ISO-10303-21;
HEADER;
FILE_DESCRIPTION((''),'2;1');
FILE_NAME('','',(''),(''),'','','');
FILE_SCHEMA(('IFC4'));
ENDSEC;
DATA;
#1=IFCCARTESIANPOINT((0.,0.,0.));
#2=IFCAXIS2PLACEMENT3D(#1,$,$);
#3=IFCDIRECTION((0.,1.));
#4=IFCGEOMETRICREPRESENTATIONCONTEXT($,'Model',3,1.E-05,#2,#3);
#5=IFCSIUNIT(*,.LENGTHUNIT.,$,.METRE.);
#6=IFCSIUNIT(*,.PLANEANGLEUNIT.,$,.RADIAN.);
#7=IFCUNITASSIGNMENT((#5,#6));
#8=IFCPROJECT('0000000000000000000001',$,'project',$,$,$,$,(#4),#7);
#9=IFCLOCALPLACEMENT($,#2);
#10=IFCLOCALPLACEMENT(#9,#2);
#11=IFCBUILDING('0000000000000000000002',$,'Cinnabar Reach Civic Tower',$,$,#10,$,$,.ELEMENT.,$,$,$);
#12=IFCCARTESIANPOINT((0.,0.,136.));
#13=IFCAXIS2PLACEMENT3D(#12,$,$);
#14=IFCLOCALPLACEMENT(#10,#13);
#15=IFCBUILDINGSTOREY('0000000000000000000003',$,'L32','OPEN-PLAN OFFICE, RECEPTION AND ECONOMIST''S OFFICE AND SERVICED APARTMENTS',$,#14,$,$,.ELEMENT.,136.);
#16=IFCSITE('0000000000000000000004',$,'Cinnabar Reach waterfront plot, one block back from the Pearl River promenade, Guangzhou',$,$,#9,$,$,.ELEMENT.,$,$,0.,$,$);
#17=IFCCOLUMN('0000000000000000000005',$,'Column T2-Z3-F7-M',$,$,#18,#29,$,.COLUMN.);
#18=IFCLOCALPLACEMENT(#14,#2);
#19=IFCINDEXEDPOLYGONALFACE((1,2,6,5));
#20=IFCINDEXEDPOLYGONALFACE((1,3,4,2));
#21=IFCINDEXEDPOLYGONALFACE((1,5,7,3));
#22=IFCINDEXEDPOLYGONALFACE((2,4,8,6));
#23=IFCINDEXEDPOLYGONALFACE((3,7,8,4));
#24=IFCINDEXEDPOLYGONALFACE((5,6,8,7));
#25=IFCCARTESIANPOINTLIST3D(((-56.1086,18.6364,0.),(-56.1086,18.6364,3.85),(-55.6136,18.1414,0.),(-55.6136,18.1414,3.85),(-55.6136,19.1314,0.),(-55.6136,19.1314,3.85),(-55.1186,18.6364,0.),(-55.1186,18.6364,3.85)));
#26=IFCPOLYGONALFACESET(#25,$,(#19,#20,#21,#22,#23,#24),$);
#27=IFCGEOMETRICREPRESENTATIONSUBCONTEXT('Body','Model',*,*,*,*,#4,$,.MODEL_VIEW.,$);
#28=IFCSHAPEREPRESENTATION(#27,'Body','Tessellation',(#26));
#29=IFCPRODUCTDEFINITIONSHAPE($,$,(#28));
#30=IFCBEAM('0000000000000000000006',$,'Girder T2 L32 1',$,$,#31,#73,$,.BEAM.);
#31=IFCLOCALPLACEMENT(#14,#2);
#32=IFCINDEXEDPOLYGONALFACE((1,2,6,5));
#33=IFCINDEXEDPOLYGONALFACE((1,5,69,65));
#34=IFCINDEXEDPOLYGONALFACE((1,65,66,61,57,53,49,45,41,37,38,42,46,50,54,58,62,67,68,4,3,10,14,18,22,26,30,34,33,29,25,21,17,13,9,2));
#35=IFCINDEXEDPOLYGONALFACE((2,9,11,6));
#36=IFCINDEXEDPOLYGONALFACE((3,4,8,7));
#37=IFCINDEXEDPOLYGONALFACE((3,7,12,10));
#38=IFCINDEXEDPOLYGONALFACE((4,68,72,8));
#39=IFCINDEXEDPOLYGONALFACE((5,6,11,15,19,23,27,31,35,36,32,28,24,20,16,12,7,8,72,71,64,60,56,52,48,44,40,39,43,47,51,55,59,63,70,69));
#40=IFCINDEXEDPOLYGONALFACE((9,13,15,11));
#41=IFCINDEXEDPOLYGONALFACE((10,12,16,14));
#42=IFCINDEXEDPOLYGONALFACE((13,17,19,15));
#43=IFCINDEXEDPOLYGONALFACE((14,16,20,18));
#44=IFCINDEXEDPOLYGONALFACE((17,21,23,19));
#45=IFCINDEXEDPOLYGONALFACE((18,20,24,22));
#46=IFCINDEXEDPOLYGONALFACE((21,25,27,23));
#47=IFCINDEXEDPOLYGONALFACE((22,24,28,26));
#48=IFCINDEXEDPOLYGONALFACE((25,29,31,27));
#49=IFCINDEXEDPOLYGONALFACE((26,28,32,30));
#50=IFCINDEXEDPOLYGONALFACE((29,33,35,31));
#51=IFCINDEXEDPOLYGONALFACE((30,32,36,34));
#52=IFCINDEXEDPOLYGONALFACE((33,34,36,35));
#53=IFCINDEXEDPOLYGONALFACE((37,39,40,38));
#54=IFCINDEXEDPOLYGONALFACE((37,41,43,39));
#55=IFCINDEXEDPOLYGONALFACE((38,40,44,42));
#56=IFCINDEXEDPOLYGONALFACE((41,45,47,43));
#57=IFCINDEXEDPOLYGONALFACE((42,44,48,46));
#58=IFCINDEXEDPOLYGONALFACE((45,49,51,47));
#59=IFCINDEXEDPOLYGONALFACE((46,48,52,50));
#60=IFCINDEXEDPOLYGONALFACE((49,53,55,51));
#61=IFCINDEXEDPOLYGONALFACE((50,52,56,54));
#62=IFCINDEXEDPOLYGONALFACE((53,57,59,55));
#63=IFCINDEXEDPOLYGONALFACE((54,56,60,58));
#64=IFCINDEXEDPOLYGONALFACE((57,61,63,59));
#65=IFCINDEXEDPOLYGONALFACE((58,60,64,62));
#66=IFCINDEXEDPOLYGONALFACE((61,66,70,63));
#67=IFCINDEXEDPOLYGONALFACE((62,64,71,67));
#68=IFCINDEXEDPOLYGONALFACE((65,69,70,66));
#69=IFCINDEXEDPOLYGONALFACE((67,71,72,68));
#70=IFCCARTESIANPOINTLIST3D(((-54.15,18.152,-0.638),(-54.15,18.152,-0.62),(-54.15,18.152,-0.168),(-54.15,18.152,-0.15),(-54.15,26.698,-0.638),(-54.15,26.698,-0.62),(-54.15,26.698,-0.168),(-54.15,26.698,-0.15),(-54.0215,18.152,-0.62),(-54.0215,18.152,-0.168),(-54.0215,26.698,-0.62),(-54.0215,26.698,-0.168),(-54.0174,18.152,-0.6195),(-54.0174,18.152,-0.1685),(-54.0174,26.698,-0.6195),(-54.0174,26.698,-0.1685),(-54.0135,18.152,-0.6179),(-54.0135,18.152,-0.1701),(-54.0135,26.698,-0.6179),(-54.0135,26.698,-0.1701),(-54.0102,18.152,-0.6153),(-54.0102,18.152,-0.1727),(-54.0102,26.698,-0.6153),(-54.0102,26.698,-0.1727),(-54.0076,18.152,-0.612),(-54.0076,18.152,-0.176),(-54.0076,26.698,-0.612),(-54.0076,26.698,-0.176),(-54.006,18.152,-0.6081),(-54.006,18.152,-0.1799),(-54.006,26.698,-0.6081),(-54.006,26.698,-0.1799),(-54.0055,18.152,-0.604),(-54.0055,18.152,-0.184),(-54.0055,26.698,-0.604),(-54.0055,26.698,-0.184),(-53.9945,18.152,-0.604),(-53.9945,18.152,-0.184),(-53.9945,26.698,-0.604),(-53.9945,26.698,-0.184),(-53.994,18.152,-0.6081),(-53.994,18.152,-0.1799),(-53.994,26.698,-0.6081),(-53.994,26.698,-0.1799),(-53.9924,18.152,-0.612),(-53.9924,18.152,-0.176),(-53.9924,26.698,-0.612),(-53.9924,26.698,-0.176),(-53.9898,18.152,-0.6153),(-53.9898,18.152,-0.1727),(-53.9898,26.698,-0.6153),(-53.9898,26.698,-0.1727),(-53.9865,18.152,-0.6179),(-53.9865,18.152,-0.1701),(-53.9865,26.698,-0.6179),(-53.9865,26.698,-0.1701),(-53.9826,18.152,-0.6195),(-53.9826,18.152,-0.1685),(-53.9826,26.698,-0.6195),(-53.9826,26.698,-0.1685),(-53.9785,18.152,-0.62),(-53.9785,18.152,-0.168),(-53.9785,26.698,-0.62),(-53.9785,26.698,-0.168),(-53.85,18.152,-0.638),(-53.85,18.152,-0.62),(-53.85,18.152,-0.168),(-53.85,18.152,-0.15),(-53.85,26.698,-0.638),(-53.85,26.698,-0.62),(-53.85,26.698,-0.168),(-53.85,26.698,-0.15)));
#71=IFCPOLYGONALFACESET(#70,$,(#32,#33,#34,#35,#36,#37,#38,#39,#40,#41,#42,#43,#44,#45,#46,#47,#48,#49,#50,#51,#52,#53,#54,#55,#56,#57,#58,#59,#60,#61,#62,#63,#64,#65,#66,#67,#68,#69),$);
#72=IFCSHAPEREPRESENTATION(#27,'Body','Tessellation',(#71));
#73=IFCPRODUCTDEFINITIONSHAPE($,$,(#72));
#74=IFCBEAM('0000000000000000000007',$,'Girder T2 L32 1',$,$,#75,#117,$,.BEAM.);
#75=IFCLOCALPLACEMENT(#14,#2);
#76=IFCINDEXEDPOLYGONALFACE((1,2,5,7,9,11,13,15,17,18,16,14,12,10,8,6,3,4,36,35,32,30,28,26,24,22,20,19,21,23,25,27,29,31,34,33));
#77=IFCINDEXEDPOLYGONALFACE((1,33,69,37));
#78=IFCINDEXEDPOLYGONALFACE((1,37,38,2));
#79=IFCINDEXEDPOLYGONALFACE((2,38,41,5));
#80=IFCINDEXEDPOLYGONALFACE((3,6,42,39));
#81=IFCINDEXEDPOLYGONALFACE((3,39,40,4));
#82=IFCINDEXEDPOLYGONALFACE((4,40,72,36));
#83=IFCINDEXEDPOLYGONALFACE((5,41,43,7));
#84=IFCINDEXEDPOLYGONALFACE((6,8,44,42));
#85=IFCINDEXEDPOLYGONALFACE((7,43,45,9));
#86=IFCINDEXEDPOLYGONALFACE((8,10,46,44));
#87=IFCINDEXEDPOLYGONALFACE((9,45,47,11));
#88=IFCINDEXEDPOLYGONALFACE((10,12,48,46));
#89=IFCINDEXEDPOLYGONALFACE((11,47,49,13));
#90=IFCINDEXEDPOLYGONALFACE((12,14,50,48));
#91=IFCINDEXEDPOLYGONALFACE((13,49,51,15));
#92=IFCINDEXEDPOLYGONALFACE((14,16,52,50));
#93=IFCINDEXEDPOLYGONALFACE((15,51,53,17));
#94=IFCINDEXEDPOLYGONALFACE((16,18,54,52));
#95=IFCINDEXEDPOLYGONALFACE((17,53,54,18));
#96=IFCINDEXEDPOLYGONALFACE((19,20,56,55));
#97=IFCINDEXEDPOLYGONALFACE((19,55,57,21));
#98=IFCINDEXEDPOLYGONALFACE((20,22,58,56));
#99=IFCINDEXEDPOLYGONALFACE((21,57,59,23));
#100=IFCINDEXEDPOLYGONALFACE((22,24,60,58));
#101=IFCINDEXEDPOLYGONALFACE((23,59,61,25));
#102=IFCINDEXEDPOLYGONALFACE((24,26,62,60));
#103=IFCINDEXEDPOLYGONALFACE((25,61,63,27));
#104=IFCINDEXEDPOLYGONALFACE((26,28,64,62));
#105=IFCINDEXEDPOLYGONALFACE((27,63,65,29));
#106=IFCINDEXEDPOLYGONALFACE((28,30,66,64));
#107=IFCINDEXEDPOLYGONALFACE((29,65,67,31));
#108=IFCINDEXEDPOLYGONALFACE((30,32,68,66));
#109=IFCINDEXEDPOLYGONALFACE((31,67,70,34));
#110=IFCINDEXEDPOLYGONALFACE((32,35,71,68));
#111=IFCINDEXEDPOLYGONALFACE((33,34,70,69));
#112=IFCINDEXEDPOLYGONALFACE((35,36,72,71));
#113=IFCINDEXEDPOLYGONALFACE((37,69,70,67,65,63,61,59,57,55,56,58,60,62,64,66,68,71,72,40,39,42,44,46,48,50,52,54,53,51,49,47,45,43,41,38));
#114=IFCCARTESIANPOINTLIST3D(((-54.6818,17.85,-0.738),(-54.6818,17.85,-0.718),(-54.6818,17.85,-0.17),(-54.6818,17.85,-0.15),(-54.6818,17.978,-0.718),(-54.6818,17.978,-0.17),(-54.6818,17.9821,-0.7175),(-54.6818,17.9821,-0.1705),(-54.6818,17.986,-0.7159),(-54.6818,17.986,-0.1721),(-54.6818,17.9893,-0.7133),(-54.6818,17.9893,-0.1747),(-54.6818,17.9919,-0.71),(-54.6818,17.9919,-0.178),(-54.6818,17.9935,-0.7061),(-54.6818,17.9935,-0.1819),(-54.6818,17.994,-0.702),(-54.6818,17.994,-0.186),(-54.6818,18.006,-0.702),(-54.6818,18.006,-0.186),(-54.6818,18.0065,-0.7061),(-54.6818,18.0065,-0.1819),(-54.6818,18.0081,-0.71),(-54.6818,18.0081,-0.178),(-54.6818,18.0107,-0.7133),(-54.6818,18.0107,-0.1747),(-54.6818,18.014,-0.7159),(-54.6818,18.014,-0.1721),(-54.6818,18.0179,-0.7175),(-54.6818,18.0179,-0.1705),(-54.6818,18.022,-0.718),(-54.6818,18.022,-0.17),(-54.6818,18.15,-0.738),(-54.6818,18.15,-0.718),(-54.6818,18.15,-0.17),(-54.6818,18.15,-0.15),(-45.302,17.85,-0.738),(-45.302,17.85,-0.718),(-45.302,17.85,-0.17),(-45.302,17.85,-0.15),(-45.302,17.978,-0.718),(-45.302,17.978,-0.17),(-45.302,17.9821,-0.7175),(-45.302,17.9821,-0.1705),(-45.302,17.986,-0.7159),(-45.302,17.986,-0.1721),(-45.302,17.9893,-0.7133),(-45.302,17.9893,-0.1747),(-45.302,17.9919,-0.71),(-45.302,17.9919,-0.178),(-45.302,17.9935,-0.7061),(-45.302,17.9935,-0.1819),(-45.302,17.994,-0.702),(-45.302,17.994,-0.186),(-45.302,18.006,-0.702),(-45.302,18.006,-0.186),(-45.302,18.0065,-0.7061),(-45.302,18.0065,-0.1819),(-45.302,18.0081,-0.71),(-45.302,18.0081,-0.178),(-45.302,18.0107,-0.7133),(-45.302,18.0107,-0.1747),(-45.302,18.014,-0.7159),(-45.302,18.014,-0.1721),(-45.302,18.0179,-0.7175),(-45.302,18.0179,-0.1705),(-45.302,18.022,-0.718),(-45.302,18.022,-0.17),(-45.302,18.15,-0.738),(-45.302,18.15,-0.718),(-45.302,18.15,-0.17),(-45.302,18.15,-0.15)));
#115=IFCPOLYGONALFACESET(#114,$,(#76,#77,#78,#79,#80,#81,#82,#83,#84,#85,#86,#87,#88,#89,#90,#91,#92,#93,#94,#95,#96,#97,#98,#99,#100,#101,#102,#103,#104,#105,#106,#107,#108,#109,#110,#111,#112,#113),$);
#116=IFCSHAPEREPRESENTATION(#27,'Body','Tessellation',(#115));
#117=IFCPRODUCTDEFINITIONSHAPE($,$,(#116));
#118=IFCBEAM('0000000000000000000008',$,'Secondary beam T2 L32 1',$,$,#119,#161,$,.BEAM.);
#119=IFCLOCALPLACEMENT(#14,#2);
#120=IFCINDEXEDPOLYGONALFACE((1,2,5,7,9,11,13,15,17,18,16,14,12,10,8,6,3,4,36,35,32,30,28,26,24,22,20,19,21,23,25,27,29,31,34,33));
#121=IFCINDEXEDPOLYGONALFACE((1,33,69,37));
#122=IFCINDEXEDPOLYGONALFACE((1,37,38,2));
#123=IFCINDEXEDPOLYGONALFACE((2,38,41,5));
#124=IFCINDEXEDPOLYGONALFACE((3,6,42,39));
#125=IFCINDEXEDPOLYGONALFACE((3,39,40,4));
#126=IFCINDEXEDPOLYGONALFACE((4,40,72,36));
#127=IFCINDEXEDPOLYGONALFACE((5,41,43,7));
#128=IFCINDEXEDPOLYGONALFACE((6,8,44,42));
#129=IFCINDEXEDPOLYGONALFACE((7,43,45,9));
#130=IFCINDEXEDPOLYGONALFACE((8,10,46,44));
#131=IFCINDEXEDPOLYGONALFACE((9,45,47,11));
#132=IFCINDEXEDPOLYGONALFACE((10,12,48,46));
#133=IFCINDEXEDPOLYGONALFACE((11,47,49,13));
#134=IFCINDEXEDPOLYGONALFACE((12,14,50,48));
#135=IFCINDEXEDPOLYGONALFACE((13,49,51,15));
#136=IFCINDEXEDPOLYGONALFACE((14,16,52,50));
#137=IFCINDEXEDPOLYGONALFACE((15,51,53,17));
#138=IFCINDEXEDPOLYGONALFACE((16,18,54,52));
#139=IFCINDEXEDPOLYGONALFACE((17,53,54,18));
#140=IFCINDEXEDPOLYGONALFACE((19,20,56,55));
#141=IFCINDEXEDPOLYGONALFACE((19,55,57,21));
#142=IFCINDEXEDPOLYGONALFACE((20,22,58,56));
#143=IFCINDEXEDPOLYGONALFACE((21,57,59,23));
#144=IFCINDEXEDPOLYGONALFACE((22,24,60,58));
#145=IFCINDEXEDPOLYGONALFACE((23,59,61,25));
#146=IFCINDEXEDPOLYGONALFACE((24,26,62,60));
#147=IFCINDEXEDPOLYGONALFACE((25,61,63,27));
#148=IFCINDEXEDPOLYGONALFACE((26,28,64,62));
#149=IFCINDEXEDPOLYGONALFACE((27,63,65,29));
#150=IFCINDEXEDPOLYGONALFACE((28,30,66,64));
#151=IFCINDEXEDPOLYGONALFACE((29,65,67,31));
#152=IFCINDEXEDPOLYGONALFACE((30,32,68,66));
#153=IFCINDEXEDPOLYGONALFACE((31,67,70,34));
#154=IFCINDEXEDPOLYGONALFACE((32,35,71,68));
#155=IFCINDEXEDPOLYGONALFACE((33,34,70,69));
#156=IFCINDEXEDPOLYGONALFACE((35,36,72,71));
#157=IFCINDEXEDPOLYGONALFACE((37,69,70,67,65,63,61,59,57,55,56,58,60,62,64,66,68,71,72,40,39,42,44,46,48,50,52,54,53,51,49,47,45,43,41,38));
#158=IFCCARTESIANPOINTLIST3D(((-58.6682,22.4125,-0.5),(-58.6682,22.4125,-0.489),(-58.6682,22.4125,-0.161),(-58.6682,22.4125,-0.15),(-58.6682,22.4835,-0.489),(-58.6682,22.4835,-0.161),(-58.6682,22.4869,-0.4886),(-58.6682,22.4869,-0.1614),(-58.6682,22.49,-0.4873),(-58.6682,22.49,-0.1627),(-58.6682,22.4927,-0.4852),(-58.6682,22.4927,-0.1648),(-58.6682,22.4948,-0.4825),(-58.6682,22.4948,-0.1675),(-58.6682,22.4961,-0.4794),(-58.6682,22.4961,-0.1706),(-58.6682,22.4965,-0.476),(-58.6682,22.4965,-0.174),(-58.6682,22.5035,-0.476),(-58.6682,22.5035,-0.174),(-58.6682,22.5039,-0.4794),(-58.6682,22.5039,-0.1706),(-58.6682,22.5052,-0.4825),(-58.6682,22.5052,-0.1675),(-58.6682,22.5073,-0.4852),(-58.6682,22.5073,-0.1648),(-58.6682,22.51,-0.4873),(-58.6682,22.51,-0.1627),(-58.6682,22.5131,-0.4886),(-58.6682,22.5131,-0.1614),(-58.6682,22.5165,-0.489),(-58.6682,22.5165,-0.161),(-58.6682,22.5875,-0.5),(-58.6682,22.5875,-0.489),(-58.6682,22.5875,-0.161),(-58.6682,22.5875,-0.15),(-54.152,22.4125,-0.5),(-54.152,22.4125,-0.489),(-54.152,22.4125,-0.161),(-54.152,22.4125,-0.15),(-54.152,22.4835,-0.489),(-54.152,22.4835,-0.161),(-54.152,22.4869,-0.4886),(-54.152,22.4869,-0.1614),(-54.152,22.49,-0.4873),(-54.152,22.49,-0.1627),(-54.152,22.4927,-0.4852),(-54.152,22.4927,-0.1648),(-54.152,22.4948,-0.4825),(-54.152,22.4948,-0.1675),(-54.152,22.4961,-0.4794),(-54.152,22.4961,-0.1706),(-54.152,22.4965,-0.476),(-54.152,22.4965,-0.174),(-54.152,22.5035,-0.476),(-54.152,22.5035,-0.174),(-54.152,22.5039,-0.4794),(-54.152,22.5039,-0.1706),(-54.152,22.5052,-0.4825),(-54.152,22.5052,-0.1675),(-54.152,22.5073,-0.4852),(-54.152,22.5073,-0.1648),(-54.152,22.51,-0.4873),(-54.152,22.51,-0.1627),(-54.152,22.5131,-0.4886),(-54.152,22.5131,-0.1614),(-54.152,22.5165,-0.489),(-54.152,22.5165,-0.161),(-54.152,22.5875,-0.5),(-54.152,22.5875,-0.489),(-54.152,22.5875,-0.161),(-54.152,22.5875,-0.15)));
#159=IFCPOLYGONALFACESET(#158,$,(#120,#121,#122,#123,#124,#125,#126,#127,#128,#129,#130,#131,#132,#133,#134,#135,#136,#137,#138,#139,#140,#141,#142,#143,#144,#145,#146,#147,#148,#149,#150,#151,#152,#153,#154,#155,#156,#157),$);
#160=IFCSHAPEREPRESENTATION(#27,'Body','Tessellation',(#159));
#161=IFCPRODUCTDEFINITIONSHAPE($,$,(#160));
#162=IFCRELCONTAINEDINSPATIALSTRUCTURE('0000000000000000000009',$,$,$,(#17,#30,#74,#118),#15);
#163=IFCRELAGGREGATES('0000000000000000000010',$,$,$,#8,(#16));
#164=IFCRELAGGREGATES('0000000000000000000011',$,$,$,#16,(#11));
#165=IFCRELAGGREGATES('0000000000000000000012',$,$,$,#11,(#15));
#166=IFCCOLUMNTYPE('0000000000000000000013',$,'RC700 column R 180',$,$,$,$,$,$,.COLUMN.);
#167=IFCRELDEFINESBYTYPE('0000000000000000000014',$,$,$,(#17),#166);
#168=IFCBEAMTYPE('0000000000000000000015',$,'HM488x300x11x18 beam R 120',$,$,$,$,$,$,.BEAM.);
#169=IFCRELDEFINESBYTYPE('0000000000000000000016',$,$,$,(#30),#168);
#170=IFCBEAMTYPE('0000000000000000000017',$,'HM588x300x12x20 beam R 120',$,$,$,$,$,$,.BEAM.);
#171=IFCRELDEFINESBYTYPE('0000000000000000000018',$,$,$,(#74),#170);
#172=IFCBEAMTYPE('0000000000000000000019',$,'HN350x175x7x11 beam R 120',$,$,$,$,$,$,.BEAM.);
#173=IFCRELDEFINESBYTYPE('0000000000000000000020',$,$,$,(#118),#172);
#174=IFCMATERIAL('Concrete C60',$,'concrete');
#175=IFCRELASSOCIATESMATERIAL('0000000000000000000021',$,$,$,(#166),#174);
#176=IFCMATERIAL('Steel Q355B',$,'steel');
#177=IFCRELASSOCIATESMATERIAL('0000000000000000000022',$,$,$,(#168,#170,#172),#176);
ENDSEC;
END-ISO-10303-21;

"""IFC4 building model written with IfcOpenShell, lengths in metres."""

from ifc_helpers import new_model, si_unit, direction, frame, origin, origin_2d, place, context, subcontext, project, spatial, rectangle, i_section, extrude, material, material_profile, profile_set, type_object, element, save


model = new_model("IFC4")

# Units and contexts
model_context = context("Model", 3, precision=1e-05, world=origin(), true_north=direction((0.0, 1.0)))
body_context = subcontext(model_context, "Body", "Model", "MODEL_VIEW")
ifc_project = project(units=[si_unit("LENGTHUNIT", "METRE"), si_unit("PLANEANGLEUNIT", "RADIAN")], contexts=[model_context])

# Site, building, storey
site_placement = place(None, origin())
site = spatial("IfcSite", under=ifc_project, at=site_placement, Name="Cinnabar Reach waterfront plot, one block back from the Pearl River promenade, Guangzhou", CompositionType="ELEMENT", RefElevation=0.0)
building_placement = place(site_placement, origin())
building = spatial("IfcBuilding", under=site, at=building_placement, Name="Cinnabar Reach Civic Tower", CompositionType="ELEMENT")
storey_placement = place(building_placement, frame((0.0, 0.0, 136.0)))
storey = spatial("IfcBuildingStorey", under=building, at=storey_placement, Name="L32", Description="OPEN-PLAN OFFICE, RECEPTION AND ECONOMIST'S OFFICE AND SERVICED APARTMENTS", CompositionType="ELEMENT", Elevation=136.0)

# Column
ifc_material_1 = material(Name="Concrete C60", Category="concrete")
ifc_material_profile_1 = material_profile(ifc_material_1, rectangle(XDim=0.7, YDim=0.7, at=origin_2d()), Name="RC700")
ifc_profile_set_1 = profile_set([ifc_material_profile_1], Name="Concrete C60")
column_type = type_object("IfcColumnType", Name="RC700 column R 180", PredefinedType="COLUMN", material=ifc_profile_set_1)
column_placement = place(storey_placement, frame((-55.6136, 18.6364, 0.0), z_axis=(0.0, 0.0, 1.0), x_axis=(0.707107, 0.707107, 0.0)))
element("IfcColumn", 1, at=column_placement, inside=storey, type_object=column_type, Name="Column T2-Z3-F7-M", PredefinedType="COLUMN", context=body_context, shape_type="SweptSolid", body=[
    extrude(rectangle(XDim=0.7, YDim=0.7, at=origin_2d()), origin(), (0.0, 0.0, 1.0), 3.85),
])

# Beams
ifc_material_2 = material(Name="Steel Q355B", Category="steel")
ifc_material_profile_2 = material_profile(ifc_material_2, i_section(OverallWidth=0.3, OverallDepth=0.488, WebThickness=0.011, FlangeThickness=0.018, FilletRadius=0.016, at=origin_2d()), Name="HM488x300x11x18")
ifc_profile_set_2 = profile_set([ifc_material_profile_2], Name="Steel Q355B")
beam_type_1 = type_object("IfcBeamType", Name="HM488x300x11x18 beam R 120", PredefinedType="BEAM", material=ifc_profile_set_2)
beam_1_placement = place(storey_placement, frame((-54.0, 18.152, -0.394), z_axis=(0.0, 1.0, 0.0), x_axis=(-1.0, 0.0, 0.0)))
element("IfcBeam", 2, at=beam_1_placement, inside=storey, type_object=beam_type_1, Name="Girder T2 L32 1", PredefinedType="BEAM", context=body_context, shape_type="SweptSolid", body=[
    extrude(i_section(OverallWidth=0.3, OverallDepth=0.488, WebThickness=0.011, FlangeThickness=0.018, FilletRadius=0.016, at=origin_2d()), origin(), (0.0, 0.0, 1.0), 8.546),
])
ifc_material_profile_3 = material_profile(ifc_material_2, i_section(OverallWidth=0.3, OverallDepth=0.588, WebThickness=0.012, FlangeThickness=0.02, FilletRadius=0.016, at=origin_2d()), Name="HM588x300x12x20")
ifc_profile_set_3 = profile_set([ifc_material_profile_3], Name="Steel Q355B")
beam_type_2 = type_object("IfcBeamType", Name="HM588x300x12x20 beam R 120", PredefinedType="BEAM", material=ifc_profile_set_3)
beam_2_placement = place(storey_placement, frame((-54.6818, 18.0, -0.444), z_axis=(1.0, 0.0, 0.0), x_axis=(0.0, 1.0, 0.0)))
element("IfcBeam", 3, at=beam_2_placement, inside=storey, type_object=beam_type_2, Name="Girder T2 L32 1", PredefinedType="BEAM", context=body_context, shape_type="SweptSolid", body=[
    extrude(i_section(OverallWidth=0.3, OverallDepth=0.588, WebThickness=0.012, FlangeThickness=0.02, FilletRadius=0.016, at=origin_2d()), origin(), (0.0, 0.0, 1.0), 9.3798),
])
ifc_material_profile_4 = material_profile(ifc_material_2, i_section(OverallWidth=0.175, OverallDepth=0.35, WebThickness=0.007, FlangeThickness=0.011, FilletRadius=0.013, at=origin_2d()), Name="HN350x175x7x11")
ifc_profile_set_4 = profile_set([ifc_material_profile_4], Name="Steel Q355B")
beam_type_3 = type_object("IfcBeamType", Name="HN350x175x7x11 beam R 120", PredefinedType="BEAM", material=ifc_profile_set_4)
beam_3_placement = place(storey_placement, frame((-58.6682, 22.5, -0.325), z_axis=(1.0, 0.0, 0.0), x_axis=(0.0, 1.0, 0.0)))
element("IfcBeam", 4, at=beam_3_placement, inside=storey, type_object=beam_type_3, Name="Secondary beam T2 L32 1", PredefinedType="BEAM", context=body_context, shape_type="SweptSolid", body=[
    extrude(i_section(OverallWidth=0.175, OverallDepth=0.35, WebThickness=0.007, FlangeThickness=0.011, FilletRadius=0.013, at=origin_2d()), origin(), (0.0, 0.0, 1.0), 4.5162),
])

save(model, "model.ifc")
